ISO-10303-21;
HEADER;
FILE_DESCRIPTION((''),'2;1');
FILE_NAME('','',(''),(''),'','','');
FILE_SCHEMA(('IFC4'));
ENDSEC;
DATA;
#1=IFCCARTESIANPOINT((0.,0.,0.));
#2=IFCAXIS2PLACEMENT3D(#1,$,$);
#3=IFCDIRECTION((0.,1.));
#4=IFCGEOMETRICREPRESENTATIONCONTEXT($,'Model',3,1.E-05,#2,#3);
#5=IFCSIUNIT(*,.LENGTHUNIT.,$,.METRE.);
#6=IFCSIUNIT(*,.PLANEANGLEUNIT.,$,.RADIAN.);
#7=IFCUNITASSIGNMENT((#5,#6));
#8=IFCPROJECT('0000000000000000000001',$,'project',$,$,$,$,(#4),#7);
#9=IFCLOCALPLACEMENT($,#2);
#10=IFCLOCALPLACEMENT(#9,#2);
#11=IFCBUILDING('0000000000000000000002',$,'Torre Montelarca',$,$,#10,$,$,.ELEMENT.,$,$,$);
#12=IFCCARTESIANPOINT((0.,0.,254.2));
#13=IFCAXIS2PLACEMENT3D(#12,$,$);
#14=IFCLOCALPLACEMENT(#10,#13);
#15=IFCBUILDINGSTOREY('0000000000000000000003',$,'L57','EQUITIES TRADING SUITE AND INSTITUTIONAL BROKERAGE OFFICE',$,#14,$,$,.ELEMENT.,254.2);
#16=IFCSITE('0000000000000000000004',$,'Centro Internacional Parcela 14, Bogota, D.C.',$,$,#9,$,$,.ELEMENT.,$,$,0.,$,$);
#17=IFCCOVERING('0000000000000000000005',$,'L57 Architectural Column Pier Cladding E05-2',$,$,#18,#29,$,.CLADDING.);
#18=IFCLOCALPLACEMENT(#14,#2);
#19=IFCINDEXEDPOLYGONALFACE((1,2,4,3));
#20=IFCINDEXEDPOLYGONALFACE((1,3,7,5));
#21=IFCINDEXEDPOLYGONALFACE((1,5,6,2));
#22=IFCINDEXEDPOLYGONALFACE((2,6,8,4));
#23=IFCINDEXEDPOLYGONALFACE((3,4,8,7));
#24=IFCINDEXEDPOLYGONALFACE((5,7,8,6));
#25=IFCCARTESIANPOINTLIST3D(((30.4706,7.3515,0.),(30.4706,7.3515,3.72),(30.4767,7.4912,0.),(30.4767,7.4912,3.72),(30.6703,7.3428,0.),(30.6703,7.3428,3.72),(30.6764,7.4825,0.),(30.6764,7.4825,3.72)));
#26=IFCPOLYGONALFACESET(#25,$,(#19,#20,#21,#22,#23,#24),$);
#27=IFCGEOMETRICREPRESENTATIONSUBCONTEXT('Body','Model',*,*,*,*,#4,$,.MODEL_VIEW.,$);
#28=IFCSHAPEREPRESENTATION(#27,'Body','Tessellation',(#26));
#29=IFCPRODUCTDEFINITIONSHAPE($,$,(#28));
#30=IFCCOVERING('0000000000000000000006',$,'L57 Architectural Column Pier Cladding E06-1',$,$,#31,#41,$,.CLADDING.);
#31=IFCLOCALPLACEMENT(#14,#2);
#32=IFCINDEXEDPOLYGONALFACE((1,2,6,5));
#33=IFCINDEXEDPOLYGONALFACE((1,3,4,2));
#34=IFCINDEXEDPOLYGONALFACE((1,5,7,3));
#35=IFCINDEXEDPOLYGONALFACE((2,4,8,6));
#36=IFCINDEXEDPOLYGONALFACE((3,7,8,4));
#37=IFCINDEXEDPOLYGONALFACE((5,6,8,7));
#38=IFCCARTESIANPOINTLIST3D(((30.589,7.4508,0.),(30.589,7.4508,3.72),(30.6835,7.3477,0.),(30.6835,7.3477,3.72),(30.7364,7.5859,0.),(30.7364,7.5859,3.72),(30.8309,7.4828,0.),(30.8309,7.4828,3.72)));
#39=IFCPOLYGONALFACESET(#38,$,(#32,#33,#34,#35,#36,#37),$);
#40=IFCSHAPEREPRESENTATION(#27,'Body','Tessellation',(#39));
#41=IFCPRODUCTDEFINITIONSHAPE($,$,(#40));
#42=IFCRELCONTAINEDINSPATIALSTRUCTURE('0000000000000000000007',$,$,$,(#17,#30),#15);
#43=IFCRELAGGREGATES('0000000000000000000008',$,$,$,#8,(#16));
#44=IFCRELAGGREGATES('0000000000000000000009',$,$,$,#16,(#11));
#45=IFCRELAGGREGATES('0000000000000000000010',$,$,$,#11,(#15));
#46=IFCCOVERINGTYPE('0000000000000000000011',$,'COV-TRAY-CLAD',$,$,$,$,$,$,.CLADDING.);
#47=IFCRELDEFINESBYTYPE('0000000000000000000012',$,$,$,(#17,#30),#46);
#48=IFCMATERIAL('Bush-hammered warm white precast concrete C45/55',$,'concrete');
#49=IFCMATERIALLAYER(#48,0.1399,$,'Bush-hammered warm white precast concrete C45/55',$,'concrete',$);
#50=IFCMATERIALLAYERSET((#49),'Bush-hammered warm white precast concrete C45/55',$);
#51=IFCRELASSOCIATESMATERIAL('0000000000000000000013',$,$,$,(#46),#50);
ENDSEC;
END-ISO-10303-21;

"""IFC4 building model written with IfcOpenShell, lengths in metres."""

from ifc_helpers import new_model, si_unit, direction, frame, origin, origin_2d, place, context, subcontext, project, spatial, rectangle, extrude, source, transform, mapped, material, layer, layer_set, type_object, element, save


model = new_model("IFC4")

# Units and contexts
model_context = context("Model", 3, precision=1e-05, world=origin(), true_north=direction((0.0, 1.0)))
body_context = subcontext(model_context, "Body", "Model", "MODEL_VIEW")
ifc_project = project(units=[si_unit("LENGTHUNIT", "METRE"), si_unit("PLANEANGLEUNIT", "RADIAN")], contexts=[model_context])

# Site, building, storey
site_placement = place(None, origin())
site = spatial("IfcSite", under=ifc_project, at=site_placement, Name="Centro Internacional Parcela 14, Bogota, D.C.", CompositionType="ELEMENT", RefElevation=0.0)
building_placement = place(site_placement, origin())
building = spatial("IfcBuilding", under=site, at=building_placement, Name="Torre Montelarca", CompositionType="ELEMENT")
storey_placement = place(building_placement, frame((0.0, 0.0, 254.2)))
storey = spatial("IfcBuildingStorey", under=building, at=storey_placement, Name="L57", Description="EQUITIES TRADING SUITE AND INSTITUTIONAL BROKERAGE OFFICE", CompositionType="ELEMENT", Elevation=254.2)

# Coverings
ifc_material_1 = material(Name="Bush-hammered warm white precast concrete C45/55", Category="concrete")
ifc_layer_1 = layer(ifc_material_1, 0.1399, Name="Bush-hammered warm white precast concrete C45/55", Category="concrete")
ifc_layer_set_1 = layer_set([ifc_layer_1], Name="Bush-hammered warm white precast concrete C45/55")
covering_type = type_object("IfcCoveringType", Name="COV-TRAY-CLAD", PredefinedType="CLADDING", material=ifc_layer_set_1)
shared_shape_1 = source(origin(), body_context, "Body", "SweptSolid", [
    extrude(rectangle(XDim=0.2, YDim=0.1399, at=origin_2d()), origin(), (0.0, 0.0, 1.0), 3.72),
])
for number, where, z_axis, x_axis, name in (
    (1, (30.5735, 7.417, 0.0), (0.0, 0.0, 1.0), (0.999048, -0.043628, 0.0), "L57 Architectural Column Pier Cladding E05-2"),
    (2, (30.71, 7.4668, 0.0), (0.0, 0.0, 1.0), (0.737277, 0.67559, 0.0), "L57 Architectural Column Pier Cladding E06-1"),
):
    element("IfcCovering", number, at=place(storey_placement, frame(where, z_axis=z_axis, x_axis=x_axis)), inside=storey, type_object=covering_type, Name=name, PredefinedType="CLADDING", context=body_context, shape_type="MappedRepresentation", body=[
        mapped(shared_shape_1, transform((0.0, 0.0, 0.0), scale=1.0)),
    ])

save(model, "model.ifc")
